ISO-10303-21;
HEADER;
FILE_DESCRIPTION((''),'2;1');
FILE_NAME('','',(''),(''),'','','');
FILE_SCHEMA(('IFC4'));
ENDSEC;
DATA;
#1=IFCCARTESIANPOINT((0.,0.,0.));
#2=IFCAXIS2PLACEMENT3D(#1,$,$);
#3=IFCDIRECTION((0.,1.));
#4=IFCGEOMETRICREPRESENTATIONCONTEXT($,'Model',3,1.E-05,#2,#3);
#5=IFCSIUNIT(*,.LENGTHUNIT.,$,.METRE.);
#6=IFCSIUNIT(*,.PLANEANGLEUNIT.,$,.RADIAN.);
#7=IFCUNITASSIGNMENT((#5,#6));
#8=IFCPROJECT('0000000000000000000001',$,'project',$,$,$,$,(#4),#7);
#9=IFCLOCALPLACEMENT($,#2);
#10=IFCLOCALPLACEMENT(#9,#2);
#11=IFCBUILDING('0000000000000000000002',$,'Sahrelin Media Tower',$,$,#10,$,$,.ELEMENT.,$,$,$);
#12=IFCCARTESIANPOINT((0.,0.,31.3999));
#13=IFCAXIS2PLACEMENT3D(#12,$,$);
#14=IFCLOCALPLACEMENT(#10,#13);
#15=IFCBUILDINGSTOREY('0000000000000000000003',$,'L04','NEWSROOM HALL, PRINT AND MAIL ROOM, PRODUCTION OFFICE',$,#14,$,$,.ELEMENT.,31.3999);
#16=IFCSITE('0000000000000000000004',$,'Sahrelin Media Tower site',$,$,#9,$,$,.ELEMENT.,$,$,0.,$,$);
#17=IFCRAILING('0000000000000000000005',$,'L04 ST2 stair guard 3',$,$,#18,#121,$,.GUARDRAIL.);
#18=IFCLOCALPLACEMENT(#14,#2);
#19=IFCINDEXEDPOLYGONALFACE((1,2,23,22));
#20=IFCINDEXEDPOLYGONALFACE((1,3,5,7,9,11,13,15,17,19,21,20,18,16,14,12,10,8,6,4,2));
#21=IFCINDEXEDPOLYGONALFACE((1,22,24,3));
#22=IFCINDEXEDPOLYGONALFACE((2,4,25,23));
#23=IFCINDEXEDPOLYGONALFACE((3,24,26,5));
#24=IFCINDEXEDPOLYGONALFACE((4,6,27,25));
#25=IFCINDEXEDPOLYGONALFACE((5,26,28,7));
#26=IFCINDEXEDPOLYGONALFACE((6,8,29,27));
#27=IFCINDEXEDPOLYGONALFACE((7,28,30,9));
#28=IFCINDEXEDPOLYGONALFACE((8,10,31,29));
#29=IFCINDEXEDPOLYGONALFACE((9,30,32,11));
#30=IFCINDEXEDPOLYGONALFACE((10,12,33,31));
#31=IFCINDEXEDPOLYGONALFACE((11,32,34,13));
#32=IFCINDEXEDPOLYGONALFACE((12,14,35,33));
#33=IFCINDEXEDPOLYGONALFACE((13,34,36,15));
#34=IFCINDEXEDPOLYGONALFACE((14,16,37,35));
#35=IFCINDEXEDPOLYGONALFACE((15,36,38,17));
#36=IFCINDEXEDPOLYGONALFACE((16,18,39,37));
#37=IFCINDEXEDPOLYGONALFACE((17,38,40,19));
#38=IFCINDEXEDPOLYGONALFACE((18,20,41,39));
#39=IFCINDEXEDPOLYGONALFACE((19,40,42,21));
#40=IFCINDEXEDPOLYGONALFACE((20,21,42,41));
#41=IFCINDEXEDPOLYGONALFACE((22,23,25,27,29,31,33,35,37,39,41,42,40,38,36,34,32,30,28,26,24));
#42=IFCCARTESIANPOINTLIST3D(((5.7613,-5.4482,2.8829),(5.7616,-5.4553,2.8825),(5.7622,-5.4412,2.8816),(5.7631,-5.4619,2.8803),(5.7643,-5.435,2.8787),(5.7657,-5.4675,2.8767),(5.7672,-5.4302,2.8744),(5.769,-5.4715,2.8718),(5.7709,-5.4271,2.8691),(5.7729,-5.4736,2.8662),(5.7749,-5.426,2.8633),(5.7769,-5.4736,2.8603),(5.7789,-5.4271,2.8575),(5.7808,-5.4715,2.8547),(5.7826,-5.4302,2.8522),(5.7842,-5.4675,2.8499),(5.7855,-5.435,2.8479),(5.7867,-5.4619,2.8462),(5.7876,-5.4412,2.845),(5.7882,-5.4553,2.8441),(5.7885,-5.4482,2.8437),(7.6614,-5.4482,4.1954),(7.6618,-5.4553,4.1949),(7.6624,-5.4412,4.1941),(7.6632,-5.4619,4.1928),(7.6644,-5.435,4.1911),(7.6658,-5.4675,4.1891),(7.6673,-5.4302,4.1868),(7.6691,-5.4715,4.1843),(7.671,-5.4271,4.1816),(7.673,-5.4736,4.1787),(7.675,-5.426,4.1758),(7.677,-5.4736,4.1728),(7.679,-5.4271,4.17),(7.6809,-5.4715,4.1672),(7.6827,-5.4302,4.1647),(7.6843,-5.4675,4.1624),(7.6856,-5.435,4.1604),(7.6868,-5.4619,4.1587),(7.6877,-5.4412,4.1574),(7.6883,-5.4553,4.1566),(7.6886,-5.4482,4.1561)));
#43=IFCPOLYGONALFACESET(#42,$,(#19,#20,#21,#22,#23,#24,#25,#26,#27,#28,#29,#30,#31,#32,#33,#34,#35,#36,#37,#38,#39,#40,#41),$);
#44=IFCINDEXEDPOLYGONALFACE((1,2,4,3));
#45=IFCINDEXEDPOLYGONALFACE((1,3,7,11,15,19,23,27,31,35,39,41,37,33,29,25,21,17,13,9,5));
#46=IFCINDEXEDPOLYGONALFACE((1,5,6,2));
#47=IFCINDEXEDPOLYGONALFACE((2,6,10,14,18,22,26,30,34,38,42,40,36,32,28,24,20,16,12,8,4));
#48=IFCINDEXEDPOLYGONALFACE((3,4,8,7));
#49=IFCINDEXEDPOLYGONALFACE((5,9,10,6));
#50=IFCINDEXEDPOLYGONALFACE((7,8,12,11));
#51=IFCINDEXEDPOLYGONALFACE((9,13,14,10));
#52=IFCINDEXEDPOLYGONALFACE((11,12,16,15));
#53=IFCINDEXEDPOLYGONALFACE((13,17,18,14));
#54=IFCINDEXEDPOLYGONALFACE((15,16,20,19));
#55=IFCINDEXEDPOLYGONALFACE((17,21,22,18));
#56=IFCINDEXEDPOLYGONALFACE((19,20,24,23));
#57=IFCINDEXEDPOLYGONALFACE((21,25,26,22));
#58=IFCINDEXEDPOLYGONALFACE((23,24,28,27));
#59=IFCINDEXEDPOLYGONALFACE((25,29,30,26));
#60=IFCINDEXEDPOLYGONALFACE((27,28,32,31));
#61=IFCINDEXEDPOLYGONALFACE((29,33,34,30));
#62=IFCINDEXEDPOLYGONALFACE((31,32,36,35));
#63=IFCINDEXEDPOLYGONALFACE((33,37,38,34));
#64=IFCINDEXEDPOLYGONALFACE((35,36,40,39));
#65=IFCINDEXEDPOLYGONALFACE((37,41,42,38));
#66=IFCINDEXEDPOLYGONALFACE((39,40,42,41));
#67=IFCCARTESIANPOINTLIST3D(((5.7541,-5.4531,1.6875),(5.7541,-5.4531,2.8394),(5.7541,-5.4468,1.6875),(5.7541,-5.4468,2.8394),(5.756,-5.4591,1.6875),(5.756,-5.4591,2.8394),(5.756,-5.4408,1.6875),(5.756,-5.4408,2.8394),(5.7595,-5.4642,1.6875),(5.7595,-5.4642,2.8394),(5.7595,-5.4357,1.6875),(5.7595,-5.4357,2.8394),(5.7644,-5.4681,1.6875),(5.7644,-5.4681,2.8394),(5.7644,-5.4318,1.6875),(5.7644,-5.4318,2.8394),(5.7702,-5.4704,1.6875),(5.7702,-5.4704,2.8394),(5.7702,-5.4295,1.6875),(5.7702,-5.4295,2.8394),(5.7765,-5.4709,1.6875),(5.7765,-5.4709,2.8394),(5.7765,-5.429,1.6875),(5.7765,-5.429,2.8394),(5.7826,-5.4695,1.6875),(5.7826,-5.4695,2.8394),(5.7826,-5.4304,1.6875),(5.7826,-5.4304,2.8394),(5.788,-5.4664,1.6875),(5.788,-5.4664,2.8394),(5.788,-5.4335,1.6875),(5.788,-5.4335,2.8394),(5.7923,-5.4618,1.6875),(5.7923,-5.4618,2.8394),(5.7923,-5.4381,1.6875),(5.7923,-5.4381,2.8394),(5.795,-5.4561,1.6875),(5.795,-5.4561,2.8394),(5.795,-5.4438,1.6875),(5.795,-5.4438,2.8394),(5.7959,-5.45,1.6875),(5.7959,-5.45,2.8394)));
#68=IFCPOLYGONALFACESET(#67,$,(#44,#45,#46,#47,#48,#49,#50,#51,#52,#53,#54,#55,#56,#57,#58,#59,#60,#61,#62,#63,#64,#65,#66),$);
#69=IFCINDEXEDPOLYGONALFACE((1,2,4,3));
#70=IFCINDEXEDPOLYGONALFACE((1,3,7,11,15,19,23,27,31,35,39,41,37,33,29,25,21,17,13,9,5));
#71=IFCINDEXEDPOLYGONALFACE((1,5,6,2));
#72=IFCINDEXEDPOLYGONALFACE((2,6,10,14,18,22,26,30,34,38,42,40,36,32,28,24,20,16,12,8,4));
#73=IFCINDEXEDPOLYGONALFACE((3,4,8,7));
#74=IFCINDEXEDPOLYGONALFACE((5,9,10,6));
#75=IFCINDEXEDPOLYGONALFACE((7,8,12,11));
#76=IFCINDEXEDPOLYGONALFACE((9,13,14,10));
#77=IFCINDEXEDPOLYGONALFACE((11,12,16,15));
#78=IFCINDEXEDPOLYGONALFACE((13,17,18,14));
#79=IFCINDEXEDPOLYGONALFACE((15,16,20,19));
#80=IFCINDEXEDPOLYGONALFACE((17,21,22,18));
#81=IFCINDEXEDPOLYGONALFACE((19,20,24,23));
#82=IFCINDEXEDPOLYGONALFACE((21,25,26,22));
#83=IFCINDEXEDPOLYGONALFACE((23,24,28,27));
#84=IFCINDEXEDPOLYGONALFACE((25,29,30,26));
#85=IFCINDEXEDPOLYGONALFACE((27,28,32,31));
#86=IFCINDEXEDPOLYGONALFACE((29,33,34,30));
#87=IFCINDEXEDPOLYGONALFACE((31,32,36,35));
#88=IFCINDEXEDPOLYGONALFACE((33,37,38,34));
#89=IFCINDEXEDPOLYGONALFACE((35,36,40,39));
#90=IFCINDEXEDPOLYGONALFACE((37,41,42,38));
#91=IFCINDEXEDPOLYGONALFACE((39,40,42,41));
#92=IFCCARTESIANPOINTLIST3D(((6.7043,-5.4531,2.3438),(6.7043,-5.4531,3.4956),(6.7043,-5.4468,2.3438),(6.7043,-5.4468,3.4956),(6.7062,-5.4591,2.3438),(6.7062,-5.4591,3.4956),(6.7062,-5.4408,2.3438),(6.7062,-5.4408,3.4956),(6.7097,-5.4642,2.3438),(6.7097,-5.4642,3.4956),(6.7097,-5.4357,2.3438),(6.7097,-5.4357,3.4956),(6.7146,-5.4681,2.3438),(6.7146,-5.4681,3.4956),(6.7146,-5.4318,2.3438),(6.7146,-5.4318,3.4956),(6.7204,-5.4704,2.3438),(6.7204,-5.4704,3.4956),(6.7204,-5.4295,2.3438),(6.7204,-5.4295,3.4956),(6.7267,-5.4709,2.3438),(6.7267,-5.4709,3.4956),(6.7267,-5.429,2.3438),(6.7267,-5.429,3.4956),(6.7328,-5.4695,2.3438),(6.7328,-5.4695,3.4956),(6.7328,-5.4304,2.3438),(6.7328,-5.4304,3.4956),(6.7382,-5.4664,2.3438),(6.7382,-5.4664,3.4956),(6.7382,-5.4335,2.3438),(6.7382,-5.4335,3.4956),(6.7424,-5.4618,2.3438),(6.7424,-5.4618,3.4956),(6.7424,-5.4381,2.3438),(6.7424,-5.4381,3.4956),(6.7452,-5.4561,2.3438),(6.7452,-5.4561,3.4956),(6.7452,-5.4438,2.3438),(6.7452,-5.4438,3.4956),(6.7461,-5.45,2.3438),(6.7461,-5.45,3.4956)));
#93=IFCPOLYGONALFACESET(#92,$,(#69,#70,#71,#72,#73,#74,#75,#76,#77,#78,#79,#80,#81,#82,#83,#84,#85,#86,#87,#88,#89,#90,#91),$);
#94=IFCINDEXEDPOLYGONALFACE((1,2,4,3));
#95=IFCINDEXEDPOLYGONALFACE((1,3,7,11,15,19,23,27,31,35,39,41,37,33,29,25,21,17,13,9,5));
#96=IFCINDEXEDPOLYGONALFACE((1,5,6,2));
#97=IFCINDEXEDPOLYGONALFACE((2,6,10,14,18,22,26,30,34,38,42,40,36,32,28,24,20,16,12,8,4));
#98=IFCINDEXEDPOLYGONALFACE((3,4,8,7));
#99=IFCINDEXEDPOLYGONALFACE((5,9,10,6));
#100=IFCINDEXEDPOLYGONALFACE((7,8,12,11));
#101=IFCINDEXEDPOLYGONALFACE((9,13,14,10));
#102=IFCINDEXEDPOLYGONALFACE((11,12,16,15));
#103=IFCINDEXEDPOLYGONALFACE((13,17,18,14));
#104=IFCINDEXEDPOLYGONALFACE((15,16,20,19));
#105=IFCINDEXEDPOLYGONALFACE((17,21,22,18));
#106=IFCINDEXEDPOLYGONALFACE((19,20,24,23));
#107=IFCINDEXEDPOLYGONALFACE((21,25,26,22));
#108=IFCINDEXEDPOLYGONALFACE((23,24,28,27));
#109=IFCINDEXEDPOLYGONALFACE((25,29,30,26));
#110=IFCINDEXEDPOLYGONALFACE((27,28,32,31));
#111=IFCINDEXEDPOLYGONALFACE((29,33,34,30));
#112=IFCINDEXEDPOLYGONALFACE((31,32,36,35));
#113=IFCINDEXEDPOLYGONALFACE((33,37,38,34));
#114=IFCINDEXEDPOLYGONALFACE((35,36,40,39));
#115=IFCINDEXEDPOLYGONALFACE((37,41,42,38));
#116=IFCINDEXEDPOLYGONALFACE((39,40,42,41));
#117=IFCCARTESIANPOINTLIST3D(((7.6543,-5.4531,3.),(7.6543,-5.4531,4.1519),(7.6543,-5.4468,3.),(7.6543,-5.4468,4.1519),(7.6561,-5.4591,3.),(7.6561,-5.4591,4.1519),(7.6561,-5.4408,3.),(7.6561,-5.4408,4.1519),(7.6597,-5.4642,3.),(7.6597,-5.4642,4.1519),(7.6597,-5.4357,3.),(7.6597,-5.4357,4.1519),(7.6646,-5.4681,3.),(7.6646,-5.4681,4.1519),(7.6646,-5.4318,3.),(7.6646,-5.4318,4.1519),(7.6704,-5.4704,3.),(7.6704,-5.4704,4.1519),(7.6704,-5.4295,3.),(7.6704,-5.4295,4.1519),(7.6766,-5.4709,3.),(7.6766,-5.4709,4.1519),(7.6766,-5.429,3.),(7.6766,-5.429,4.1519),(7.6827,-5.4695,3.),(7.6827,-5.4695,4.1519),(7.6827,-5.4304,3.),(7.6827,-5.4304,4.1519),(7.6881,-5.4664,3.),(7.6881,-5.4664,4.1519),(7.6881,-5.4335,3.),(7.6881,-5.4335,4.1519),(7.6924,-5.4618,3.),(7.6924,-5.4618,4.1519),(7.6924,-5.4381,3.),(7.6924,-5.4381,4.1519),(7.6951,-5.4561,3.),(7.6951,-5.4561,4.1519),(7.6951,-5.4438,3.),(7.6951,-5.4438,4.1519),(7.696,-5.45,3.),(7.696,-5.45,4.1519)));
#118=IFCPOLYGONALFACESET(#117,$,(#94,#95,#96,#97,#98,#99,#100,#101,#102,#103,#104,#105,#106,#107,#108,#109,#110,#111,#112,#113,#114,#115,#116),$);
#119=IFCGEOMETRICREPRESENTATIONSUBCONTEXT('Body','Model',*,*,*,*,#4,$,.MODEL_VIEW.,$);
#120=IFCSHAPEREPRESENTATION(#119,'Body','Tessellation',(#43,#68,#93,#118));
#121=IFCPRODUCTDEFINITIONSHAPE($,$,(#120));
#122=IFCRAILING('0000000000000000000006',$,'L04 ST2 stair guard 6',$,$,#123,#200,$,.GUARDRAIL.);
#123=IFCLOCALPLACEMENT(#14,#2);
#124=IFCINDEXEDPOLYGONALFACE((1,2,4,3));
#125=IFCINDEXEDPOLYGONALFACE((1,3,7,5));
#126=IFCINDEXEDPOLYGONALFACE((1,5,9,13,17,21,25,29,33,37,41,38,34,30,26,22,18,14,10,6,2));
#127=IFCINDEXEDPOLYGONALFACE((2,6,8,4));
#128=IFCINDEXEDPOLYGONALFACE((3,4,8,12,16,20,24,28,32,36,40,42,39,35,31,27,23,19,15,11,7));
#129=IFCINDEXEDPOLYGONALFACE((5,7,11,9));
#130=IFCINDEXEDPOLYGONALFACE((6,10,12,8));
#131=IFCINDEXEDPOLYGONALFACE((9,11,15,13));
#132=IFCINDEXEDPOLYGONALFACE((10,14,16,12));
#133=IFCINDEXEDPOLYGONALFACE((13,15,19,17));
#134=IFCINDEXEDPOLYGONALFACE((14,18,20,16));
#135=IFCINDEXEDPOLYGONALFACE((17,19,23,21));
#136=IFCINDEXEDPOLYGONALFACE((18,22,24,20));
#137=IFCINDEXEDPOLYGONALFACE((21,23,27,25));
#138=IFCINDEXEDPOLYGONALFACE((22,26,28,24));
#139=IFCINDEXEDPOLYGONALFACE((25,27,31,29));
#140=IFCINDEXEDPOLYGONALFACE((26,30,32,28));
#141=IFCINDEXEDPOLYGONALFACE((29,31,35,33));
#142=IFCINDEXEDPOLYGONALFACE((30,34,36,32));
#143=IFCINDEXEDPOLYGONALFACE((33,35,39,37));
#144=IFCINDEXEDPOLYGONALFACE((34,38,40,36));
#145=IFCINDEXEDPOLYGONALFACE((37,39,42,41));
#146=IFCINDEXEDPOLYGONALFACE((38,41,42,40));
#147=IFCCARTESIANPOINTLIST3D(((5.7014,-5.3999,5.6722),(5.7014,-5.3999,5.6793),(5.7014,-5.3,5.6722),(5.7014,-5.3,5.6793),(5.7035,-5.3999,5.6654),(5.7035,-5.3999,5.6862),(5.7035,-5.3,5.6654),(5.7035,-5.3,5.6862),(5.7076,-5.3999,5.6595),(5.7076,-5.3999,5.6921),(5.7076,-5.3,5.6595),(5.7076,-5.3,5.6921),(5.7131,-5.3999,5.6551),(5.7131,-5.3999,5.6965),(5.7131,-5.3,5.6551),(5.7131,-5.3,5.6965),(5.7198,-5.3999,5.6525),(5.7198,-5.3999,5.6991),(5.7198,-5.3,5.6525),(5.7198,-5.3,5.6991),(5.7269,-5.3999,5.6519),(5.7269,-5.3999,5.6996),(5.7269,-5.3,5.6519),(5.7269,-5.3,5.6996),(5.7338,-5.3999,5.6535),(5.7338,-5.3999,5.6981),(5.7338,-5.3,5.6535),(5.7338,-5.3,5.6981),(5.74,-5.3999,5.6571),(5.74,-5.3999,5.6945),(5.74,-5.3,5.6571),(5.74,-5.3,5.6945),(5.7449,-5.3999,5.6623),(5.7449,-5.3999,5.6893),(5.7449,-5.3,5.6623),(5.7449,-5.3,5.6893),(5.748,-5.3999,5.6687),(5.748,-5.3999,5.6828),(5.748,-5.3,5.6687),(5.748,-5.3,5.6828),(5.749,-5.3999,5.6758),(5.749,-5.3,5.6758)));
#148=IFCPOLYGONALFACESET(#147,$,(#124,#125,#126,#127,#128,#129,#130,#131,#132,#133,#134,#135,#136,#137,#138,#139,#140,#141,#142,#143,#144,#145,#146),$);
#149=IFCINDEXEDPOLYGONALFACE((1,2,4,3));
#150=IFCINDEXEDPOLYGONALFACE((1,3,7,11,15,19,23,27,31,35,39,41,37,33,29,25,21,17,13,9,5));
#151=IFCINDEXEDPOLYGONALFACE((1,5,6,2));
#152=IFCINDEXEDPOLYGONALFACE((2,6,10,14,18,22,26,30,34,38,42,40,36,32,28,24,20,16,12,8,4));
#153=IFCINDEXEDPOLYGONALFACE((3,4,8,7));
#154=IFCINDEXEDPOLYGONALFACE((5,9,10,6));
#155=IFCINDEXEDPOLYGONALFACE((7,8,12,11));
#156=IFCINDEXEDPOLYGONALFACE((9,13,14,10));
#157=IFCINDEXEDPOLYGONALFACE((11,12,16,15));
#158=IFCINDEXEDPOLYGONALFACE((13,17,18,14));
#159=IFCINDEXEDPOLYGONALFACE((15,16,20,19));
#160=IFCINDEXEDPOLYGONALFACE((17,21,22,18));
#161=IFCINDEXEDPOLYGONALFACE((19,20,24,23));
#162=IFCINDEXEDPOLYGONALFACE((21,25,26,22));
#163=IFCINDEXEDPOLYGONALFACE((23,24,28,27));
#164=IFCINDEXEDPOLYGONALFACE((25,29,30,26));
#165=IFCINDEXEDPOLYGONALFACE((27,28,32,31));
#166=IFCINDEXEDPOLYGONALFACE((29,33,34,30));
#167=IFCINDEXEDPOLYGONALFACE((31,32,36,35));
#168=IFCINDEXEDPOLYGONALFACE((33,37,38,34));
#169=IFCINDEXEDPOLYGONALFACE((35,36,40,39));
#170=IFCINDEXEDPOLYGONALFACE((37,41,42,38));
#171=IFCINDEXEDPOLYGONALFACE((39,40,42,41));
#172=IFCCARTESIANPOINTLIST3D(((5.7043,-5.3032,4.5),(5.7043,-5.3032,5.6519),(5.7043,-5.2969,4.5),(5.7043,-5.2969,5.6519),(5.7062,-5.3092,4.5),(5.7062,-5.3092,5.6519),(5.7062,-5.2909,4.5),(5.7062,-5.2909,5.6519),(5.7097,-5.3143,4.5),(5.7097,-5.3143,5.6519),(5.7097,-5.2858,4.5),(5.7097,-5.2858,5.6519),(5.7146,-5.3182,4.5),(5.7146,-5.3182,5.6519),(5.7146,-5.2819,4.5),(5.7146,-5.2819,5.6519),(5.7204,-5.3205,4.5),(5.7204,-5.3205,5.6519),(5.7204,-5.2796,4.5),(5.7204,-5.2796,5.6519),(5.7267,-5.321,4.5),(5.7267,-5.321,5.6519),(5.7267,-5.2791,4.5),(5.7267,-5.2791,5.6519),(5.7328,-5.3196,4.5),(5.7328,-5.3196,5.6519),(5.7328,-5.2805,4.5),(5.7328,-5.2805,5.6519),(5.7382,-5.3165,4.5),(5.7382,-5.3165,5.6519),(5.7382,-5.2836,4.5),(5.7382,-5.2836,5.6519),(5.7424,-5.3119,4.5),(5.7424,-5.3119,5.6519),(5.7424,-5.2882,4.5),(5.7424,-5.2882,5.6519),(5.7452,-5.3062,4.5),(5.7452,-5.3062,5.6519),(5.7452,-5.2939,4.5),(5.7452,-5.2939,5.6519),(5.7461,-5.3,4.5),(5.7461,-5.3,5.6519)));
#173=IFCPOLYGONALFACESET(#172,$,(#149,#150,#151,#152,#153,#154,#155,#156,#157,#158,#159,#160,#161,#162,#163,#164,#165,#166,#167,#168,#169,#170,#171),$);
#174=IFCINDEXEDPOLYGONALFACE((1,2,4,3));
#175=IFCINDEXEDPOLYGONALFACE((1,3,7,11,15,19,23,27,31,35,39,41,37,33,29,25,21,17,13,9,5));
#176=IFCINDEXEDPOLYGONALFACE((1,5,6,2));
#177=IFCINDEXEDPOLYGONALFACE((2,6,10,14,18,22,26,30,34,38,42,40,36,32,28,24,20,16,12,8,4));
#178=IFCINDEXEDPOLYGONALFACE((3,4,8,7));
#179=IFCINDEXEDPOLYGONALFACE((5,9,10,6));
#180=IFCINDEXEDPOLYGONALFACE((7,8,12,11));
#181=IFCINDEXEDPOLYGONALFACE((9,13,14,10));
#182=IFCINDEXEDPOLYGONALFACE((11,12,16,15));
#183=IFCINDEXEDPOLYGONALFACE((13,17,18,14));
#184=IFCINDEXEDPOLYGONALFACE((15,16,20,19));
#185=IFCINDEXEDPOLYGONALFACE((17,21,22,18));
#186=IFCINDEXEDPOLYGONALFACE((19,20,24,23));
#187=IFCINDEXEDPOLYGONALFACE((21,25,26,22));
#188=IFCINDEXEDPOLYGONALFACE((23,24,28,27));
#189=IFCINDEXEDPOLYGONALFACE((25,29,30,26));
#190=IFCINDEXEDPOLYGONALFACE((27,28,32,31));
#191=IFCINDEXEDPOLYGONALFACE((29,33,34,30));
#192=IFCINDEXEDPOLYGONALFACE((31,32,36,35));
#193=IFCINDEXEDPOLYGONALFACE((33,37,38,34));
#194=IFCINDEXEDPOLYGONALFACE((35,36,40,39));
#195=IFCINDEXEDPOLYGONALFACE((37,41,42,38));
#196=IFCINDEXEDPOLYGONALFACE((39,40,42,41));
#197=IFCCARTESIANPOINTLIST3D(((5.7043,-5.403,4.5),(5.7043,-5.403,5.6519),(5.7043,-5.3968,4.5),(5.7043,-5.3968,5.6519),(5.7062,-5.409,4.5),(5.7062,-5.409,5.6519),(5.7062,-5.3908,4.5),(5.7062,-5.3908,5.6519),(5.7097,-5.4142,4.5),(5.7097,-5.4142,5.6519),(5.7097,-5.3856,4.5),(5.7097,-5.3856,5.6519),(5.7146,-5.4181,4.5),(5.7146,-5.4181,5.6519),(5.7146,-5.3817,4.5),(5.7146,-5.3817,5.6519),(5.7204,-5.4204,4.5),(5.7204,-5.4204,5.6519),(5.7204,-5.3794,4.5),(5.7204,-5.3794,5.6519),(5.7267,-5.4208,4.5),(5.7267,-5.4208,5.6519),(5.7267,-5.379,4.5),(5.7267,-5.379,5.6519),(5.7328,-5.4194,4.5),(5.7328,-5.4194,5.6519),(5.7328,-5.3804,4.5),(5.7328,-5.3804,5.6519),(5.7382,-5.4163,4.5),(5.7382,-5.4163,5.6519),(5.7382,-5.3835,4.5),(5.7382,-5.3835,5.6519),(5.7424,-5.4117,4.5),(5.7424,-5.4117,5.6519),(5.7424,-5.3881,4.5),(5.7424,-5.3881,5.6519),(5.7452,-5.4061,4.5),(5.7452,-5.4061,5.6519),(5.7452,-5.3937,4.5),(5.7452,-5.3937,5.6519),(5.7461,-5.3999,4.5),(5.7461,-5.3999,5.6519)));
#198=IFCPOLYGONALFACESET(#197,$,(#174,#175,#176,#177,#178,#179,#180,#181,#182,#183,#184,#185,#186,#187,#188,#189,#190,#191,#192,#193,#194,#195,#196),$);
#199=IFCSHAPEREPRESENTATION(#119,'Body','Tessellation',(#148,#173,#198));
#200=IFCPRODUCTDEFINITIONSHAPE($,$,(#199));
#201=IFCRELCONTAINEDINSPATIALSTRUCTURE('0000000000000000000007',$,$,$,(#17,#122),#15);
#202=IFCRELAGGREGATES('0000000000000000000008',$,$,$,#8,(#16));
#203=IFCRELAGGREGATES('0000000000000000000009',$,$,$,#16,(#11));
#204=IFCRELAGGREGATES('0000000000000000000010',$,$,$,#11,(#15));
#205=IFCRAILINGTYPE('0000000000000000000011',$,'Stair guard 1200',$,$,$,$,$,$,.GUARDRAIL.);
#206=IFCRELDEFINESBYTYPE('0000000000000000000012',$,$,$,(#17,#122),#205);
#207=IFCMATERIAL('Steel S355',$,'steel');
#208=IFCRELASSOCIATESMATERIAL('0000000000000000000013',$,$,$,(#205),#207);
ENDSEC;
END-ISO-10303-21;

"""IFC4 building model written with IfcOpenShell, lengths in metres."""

from ifc_helpers import new_model, si_unit, direction, frame, origin, origin_2d, place, context, subcontext, project, spatial, circle, extrude, material, type_object, element, save


model = new_model("IFC4")

# Units and contexts
model_context = context("Model", 3, precision=1e-05, world=origin(), true_north=direction((0.0, 1.0)))
body_context = subcontext(model_context, "Body", "Model", "MODEL_VIEW")
ifc_project = project(units=[si_unit("LENGTHUNIT", "METRE"), si_unit("PLANEANGLEUNIT", "RADIAN")], contexts=[model_context])

# Site, building, storey
site_placement = place(None, origin())
site = spatial("IfcSite", under=ifc_project, at=site_placement, Name="Sahrelin Media Tower site", CompositionType="ELEMENT", RefElevation=0.0)
building_placement = place(site_placement, origin())
building = spatial("IfcBuilding", under=site, at=building_placement, Name="Sahrelin Media Tower", CompositionType="ELEMENT")
storey_placement = place(building_placement, frame((0.0, 0.0, 31.3999)))
storey = spatial("IfcBuildingStorey", under=building, at=storey_placement, Name="L04", Description="NEWSROOM HALL, PRINT AND MAIL ROOM, PRODUCTION OFFICE", CompositionType="ELEMENT", Elevation=31.3999)

# Shared definitions
ifc_material_1 = material(Name="Steel S355", Category="steel")

# Railings
railing_type_1 = type_object("IfcRailingType", Name="Stair guard 1200", PredefinedType="GUARDRAIL", material=ifc_material_1)
railing_1_placement = place(storey_placement, frame((5.7749, -5.45, 1.6875)))
element("IfcRailing", 1, at=railing_1_placement, inside=storey, type_object=railing_type_1, Name="L04 ST2 stair guard 3", PredefinedType="GUARDRAIL", context=body_context, shape_type="SweptSolid", body=[
    extrude(circle(Radius=0.0239, at=origin_2d()), frame((0.0, 0.0, 1.1758), z_axis=(0.822797, 0.0, 0.568336), x_axis=(0.0, 1.0, 0.0)), (0.0, 0.0, 1.0), 2.3093),
    extrude(circle(Radius=0.021, at=origin_2d()), origin(), (0.0, 0.0, 1.0), 1.1519),
    extrude(circle(Radius=0.021, at=origin_2d()), frame((0.9502, 0.0, 0.6562)), (0.0, 0.0, 1.0), 1.1519),
    extrude(circle(Radius=0.021, at=origin_2d()), frame((1.9001, 0.0, 1.3125)), (0.0, 0.0, 1.0), 1.1519),
])
railing_2_placement = place(storey_placement, frame((5.7251, -5.3, 4.5)))
element("IfcRailing", 2, at=railing_2_placement, inside=storey, type_object=railing_type_1, Name="L04 ST2 stair guard 6", PredefinedType="GUARDRAIL", context=body_context, shape_type="SweptSolid", body=[
    extrude(circle(Radius=0.0239, at=origin_2d()), frame((0.0, 0.0, 1.1758), z_axis=(0.0, -1.0, 0.0), x_axis=(1.0, 0.0, 0.0)), (0.0, 0.0, 1.0), 0.0999),
    extrude(circle(Radius=0.021, at=origin_2d()), origin(), (0.0, 0.0, 1.0), 1.1519),
    extrude(circle(Radius=0.021, at=origin_2d()), frame((0.0, -0.0999, 0.0)), (0.0, 0.0, 1.0), 1.1519),
])

save(model, "model.ifc")
